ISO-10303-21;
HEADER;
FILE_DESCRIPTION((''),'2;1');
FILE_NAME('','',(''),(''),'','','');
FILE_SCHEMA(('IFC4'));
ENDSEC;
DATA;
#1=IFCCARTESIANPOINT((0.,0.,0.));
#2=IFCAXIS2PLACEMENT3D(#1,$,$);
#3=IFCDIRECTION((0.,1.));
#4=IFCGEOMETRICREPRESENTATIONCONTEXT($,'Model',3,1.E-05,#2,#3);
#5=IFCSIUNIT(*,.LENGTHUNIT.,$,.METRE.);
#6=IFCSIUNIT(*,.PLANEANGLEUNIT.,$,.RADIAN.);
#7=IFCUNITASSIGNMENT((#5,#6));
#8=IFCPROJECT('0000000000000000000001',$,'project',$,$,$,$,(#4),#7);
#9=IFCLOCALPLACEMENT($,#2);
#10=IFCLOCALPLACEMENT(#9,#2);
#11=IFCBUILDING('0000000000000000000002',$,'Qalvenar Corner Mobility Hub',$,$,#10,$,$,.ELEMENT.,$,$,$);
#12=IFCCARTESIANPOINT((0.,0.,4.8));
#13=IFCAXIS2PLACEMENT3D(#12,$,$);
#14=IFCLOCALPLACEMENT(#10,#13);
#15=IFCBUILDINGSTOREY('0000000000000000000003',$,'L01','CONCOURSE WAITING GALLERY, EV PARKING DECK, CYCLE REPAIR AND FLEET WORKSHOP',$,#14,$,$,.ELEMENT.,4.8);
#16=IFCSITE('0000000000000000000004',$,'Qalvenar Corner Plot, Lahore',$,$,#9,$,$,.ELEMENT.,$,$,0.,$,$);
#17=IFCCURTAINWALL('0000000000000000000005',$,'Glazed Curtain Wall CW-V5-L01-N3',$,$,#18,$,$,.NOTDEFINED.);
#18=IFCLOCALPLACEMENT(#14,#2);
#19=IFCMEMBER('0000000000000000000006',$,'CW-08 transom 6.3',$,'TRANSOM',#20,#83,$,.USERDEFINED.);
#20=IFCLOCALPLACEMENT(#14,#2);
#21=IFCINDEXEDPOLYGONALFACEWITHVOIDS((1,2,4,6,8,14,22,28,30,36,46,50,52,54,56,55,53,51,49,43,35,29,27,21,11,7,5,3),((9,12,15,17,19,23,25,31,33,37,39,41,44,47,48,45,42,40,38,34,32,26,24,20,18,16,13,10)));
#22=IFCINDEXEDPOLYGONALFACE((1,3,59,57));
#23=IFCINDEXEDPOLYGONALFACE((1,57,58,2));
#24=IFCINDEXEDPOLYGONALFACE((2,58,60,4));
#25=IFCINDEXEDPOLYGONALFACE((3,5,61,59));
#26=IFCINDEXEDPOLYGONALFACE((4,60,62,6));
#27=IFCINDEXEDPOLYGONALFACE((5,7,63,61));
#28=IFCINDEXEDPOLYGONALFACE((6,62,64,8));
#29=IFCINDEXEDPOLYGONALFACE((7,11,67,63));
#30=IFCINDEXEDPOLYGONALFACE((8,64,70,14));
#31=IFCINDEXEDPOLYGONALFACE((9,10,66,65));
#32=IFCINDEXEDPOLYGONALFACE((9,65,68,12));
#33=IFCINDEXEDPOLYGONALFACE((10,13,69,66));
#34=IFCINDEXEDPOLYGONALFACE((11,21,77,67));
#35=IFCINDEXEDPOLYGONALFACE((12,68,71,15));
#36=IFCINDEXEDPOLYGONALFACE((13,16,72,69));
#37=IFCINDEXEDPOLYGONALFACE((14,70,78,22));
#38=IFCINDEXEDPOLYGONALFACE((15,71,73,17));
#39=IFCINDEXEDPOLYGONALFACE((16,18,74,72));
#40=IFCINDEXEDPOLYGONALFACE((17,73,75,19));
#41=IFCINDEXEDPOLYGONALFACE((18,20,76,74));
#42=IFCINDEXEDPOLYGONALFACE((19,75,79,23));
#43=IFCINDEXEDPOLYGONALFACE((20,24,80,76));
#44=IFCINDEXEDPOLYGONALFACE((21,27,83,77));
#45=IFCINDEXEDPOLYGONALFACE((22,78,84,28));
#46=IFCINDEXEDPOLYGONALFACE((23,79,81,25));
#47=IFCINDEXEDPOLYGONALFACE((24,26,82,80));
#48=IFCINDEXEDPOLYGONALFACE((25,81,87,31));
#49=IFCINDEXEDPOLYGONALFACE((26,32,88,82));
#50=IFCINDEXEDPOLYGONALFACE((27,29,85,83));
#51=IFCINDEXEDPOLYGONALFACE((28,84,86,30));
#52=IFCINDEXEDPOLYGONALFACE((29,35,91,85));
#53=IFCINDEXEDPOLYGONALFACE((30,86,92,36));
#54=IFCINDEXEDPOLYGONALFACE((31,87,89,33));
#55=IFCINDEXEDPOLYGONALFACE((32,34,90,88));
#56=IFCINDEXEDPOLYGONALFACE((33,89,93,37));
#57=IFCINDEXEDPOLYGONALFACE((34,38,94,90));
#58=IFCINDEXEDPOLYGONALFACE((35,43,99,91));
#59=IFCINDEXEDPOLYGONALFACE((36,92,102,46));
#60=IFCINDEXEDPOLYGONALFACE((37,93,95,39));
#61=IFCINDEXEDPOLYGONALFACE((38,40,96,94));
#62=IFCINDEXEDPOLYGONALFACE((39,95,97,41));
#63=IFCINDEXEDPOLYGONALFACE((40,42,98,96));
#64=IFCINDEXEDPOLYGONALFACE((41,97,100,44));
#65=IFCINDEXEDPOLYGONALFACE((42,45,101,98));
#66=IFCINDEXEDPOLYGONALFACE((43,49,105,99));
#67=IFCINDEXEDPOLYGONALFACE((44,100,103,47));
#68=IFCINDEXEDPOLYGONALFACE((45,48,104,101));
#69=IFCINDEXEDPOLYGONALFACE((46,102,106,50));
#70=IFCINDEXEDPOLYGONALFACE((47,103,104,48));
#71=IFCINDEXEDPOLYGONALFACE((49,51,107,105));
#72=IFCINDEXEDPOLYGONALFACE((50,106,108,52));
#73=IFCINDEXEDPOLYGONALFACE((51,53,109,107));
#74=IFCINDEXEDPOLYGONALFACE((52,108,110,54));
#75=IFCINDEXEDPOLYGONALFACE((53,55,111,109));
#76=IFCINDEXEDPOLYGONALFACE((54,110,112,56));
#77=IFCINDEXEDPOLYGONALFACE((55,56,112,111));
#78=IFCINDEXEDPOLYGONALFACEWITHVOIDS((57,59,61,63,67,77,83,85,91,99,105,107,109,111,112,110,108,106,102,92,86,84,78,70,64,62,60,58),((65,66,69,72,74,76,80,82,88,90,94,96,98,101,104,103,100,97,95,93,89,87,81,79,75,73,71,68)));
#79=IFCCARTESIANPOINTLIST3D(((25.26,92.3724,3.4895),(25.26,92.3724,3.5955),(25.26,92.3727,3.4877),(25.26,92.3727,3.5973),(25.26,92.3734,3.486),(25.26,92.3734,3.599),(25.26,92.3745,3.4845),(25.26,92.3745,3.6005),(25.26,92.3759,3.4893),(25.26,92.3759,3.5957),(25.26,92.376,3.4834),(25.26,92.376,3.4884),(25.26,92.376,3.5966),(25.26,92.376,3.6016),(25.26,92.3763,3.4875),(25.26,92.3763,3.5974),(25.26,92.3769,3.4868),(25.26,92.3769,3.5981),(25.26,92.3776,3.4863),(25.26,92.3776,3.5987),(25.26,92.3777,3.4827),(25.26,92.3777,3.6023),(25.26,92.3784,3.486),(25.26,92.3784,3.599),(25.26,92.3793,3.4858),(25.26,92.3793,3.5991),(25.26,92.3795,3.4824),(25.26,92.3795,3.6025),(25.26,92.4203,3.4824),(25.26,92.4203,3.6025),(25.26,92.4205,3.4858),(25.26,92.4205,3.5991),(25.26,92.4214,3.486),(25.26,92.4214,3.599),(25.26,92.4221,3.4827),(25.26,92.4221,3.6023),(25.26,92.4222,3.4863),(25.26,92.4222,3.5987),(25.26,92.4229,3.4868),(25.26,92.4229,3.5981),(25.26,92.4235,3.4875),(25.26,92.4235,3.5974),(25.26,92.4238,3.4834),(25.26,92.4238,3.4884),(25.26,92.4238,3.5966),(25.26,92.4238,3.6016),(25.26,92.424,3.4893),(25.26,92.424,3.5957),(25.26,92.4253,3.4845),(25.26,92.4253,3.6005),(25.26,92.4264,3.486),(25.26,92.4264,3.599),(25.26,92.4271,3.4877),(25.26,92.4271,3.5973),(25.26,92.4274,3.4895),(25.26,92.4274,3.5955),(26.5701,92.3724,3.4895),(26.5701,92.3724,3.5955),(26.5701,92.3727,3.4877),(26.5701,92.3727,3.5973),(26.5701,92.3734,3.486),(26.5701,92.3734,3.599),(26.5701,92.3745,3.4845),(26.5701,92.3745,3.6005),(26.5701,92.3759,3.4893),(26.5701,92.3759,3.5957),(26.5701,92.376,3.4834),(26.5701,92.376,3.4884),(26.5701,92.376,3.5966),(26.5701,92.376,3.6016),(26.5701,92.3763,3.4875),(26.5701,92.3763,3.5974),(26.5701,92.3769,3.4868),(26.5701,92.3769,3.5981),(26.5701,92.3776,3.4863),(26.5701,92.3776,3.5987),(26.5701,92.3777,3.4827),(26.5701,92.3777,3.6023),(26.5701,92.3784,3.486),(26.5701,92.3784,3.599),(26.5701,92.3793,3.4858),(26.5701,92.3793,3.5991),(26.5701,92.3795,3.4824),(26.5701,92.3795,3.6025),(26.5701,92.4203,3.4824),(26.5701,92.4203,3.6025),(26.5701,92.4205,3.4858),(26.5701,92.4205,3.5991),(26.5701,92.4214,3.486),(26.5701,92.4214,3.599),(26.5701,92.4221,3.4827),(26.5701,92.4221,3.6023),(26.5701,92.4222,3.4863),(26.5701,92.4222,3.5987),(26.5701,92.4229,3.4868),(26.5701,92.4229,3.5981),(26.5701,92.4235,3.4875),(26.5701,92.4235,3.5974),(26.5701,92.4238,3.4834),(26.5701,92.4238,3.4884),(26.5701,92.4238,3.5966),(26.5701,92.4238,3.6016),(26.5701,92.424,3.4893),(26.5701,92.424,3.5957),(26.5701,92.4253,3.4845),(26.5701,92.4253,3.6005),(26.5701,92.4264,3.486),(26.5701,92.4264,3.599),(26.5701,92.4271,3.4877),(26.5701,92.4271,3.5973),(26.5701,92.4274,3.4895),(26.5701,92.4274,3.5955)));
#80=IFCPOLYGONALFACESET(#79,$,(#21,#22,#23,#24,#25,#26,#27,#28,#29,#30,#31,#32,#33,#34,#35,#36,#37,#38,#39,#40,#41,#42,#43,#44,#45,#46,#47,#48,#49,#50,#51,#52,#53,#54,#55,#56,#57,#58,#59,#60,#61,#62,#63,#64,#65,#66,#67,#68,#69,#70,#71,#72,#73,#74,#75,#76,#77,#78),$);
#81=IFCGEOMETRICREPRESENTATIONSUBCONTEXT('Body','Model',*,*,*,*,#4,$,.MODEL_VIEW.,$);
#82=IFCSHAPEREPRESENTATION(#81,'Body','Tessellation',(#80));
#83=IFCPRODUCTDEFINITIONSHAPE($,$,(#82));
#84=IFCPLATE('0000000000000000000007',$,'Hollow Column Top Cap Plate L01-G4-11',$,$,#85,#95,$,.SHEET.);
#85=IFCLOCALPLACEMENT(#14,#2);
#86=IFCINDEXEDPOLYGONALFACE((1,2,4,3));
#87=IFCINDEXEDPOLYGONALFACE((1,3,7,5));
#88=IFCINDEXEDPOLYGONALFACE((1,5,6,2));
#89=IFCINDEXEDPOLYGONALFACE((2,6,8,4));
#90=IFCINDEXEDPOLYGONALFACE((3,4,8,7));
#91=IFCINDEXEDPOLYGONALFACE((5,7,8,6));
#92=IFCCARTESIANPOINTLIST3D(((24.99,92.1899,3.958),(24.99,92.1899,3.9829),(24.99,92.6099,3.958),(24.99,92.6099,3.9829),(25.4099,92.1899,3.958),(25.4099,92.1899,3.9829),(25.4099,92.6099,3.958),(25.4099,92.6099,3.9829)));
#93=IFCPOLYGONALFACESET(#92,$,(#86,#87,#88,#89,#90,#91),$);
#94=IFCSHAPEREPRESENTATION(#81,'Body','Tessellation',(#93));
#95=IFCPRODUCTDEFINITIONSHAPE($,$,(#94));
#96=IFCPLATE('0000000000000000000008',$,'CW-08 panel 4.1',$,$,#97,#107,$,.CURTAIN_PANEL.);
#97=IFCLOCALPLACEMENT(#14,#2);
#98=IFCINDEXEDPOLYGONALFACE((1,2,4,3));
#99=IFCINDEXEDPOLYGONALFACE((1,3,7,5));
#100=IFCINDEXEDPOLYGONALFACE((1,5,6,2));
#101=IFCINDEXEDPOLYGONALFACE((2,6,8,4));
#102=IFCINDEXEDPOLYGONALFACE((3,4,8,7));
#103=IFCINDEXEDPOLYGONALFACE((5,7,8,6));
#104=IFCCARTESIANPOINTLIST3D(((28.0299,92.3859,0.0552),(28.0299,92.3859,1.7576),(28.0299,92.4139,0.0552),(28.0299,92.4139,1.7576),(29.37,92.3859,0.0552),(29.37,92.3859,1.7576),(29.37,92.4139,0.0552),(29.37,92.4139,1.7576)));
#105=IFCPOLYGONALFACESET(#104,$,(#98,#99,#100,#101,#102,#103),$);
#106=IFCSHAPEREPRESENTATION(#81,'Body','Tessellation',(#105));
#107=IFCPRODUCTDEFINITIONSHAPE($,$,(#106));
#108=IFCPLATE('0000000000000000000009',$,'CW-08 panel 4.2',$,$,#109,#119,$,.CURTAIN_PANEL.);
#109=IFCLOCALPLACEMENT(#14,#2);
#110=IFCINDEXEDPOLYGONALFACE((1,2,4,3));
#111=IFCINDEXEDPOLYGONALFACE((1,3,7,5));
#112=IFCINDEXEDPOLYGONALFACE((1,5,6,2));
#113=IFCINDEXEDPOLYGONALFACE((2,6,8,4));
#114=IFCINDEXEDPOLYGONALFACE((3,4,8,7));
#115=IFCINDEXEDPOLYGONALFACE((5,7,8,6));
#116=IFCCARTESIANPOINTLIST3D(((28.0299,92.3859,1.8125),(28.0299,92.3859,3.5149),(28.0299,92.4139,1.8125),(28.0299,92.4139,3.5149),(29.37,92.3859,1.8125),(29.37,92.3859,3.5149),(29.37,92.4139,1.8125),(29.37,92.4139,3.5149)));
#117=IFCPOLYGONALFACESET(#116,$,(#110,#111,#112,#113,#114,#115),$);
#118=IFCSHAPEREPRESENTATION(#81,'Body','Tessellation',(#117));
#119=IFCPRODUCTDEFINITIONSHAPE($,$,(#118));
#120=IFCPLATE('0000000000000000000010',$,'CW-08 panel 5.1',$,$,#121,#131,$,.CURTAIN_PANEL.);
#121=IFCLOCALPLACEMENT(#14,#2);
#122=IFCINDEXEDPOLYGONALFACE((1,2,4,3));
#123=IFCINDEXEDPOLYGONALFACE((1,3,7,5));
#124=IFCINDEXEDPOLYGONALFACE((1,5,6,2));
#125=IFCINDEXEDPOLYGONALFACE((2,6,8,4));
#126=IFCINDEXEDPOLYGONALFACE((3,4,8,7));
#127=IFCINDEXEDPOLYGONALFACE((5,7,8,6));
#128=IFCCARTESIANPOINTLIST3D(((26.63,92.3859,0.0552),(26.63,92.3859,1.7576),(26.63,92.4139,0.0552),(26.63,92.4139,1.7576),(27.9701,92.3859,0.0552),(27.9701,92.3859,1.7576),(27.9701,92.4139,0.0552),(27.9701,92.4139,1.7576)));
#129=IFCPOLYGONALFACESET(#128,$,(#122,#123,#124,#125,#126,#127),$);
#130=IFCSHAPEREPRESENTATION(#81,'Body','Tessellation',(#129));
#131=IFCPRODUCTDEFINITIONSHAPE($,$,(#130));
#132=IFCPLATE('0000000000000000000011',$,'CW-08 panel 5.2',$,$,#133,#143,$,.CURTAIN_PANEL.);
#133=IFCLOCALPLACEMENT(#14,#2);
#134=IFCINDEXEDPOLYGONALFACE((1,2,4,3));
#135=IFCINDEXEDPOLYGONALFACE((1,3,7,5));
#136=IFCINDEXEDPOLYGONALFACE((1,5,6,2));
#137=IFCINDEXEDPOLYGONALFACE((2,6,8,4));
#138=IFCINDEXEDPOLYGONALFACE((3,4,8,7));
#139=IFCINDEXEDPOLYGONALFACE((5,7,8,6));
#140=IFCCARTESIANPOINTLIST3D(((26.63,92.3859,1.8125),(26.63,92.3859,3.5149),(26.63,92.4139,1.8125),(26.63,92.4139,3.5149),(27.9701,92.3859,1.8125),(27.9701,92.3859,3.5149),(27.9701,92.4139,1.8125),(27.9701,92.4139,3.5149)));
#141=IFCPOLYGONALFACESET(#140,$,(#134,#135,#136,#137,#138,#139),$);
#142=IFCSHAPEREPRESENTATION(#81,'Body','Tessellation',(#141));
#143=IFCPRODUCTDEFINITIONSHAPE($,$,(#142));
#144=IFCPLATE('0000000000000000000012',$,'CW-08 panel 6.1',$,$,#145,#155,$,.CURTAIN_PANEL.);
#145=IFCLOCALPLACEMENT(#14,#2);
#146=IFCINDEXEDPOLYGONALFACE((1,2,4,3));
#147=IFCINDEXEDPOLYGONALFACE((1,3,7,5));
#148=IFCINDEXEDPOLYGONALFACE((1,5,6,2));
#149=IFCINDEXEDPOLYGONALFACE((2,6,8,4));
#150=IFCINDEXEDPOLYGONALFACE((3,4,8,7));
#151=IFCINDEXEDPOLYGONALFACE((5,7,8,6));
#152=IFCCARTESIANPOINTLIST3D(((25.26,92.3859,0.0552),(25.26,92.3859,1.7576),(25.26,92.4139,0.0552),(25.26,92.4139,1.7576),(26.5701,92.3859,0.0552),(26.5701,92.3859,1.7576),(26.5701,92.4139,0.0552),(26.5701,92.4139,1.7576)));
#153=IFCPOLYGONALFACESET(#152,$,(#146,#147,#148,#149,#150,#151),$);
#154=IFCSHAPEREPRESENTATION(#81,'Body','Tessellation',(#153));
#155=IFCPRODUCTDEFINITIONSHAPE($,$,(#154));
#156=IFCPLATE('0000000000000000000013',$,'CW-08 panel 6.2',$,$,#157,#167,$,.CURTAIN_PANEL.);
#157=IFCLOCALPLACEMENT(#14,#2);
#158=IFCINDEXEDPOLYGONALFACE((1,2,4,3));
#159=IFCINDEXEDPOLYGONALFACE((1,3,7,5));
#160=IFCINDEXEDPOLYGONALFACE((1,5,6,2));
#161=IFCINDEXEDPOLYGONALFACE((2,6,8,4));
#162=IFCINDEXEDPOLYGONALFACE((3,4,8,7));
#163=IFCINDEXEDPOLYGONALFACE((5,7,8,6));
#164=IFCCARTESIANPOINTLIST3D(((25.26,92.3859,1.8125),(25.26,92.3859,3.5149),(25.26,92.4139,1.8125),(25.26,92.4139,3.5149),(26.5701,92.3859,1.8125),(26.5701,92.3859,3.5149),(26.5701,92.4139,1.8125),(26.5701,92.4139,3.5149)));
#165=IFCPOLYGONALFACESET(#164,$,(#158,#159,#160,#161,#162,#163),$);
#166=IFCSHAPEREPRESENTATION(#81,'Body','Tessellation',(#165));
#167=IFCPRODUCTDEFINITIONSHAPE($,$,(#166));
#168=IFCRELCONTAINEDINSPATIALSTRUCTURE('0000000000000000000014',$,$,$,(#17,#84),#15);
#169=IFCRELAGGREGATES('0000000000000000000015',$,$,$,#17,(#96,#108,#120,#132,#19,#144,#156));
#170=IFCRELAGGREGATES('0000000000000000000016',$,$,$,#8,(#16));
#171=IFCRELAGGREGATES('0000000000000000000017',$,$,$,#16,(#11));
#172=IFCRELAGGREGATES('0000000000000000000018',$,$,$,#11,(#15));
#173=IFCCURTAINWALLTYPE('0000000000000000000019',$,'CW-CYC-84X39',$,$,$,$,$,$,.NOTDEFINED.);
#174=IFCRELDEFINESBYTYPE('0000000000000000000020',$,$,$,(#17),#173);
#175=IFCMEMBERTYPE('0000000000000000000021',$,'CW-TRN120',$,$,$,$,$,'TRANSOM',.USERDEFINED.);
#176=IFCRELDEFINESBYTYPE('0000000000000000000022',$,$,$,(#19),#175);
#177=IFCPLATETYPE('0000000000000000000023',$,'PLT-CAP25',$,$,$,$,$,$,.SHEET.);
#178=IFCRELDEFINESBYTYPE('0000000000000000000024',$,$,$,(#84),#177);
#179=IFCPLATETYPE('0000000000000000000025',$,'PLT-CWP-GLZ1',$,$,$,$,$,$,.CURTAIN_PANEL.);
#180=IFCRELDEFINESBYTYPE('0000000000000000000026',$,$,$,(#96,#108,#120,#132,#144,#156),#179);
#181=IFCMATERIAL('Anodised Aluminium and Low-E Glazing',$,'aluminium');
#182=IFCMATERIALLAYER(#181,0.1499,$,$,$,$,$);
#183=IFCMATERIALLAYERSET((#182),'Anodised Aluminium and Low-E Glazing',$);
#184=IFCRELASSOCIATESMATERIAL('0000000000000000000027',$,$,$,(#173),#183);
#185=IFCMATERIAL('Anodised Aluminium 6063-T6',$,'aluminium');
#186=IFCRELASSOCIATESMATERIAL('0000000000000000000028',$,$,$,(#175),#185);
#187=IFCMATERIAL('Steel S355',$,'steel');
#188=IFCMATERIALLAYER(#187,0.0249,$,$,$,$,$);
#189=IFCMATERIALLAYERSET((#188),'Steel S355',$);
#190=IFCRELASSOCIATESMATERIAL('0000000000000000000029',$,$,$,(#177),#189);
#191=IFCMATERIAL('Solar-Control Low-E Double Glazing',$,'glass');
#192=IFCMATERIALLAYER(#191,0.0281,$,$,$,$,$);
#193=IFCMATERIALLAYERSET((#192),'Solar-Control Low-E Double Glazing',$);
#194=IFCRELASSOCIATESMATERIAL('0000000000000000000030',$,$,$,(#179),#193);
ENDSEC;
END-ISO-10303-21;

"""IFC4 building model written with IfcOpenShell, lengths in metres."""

from ifc_helpers import new_model, si_unit, direction, frame, origin, origin_2d, place, context, subcontext, project, spatial, rectangle, hollow_rectangle, extrude, material, layer, layer_set, material_profile, profile_set, type_object, element, aggregate, save


model = new_model("IFC4")

# Units and contexts
model_context = context("Model", 3, precision=1e-05, world=origin(), true_north=direction((0.0, 1.0)))
body_context = subcontext(model_context, "Body", "Model", "MODEL_VIEW")
ifc_project = project(units=[si_unit("LENGTHUNIT", "METRE"), si_unit("PLANEANGLEUNIT", "RADIAN")], contexts=[model_context])

# Site, building, storey
site_placement = place(None, origin())
site = spatial("IfcSite", under=ifc_project, at=site_placement, Name="Qalvenar Corner Plot, Lahore", CompositionType="ELEMENT", RefElevation=0.0)
building_placement = place(site_placement, origin())
building = spatial("IfcBuilding", under=site, at=building_placement, Name="Qalvenar Corner Mobility Hub", CompositionType="ELEMENT")
storey_placement = place(building_placement, frame((0.0, 0.0, 4.8)))
storey = spatial("IfcBuildingStorey", under=building, at=storey_placement, Name="L01", Description="CONCOURSE WAITING GALLERY, EV PARKING DECK, CYCLE REPAIR AND FLEET WORKSHOP", CompositionType="ELEMENT", Elevation=4.8)

# Shared definitions
ifc_material_1 = material(Name="Anodised Aluminium and Low-E Glazing", Category="aluminium")
ifc_layer_1 = layer(ifc_material_1, 0.1499)
ifc_layer_set_1 = layer_set([ifc_layer_1], Name="Anodised Aluminium and Low-E Glazing")
curtain_wall_type = type_object("IfcCurtainWallType", Name="CW-CYC-84X39", PredefinedType="NOTDEFINED", material=ifc_layer_set_1)
ifc_material_2 = material(Name="Anodised Aluminium 6063-T6", Category="aluminium")

# Curtain wall
curtain_wall_1_placement = place(storey_placement, origin())
curtain_wall_1 = element("IfcCurtainWall", 1, at=curtain_wall_1_placement, inside=storey, type_object=curtain_wall_type, Name="Glazed Curtain Wall CW-V5-L01-N3", PredefinedType="NOTDEFINED")

# Member
ifc_material_profile_1 = material_profile(ifc_material_2, hollow_rectangle(XDim=0.0549, YDim=0.1201, WallThickness=0.0034, InnerFilletRadius=0.0034, OuterFilletRadius=0.0071, at=origin_2d()), Name="RHS120x55x3.5")
ifc_profile_set_1 = profile_set([ifc_material_profile_1], Name="Anodised Aluminium 6063-T6")
member_type_1 = type_object("IfcMemberType", Name="CW-TRN120", ElementType="TRANSOM", PredefinedType="USERDEFINED", material=ifc_profile_set_1)
member_1_placement = place(storey_placement, frame((26.5701, 92.3999, 3.5425), z_axis=(-1.0, 0.0, 0.0), x_axis=(0.0, -1.0, 0.0)))
member_1 = element("IfcMember", 2, at=member_1_placement, type_object=member_type_1, Name="CW-08 transom 6.3", ObjectType="TRANSOM", PredefinedType="USERDEFINED", context=body_context, shape_type="SweptSolid", body=[
    extrude(hollow_rectangle(XDim=0.0549, YDim=0.1201, WallThickness=0.0034, InnerFilletRadius=0.0034, OuterFilletRadius=0.0071, at=origin_2d()), origin(), (0.0, 0.0, 1.0), 1.3101),
])

# Plates
ifc_material_3 = material(Name="Steel S355", Category="steel")
ifc_layer_2 = layer(ifc_material_3, 0.0249)
ifc_layer_set_2 = layer_set([ifc_layer_2], Name="Steel S355")
plate_type_1 = type_object("IfcPlateType", Name="PLT-CAP25", PredefinedType="SHEET", material=ifc_layer_set_2)
plate_1_placement = place(storey_placement, frame((25.2, 92.3999, 3.958), z_axis=(0.0, 0.0, 1.0), x_axis=(1.0, 0.0, 0.0)))
element("IfcPlate", 3, at=plate_1_placement, inside=storey, type_object=plate_type_1, Name="Hollow Column Top Cap Plate L01-G4-11", PredefinedType="SHEET", context=body_context, shape_type="SweptSolid", body=[
    extrude(rectangle(XDim=0.4199, YDim=0.4199, at=origin_2d()), origin(), (0.0, 0.0, 1.0), 0.0249),
])
ifc_material_4 = material(Name="Solar-Control Low-E Double Glazing", Category="glass")
ifc_layer_3 = layer(ifc_material_4, 0.0281)
ifc_layer_set_3 = layer_set([ifc_layer_3], Name="Solar-Control Low-E Double Glazing")
plate_type_2 = type_object("IfcPlateType", Name="PLT-CWP-GLZ1", PredefinedType="CURTAIN_PANEL", material=ifc_layer_set_3)
plate_2_placement = place(storey_placement, frame((28.7, 92.3999, 0.0552), z_axis=(0.0, 0.0, 1.0), x_axis=(-1.0, 0.0, 0.0)))
plate_2 = element("IfcPlate", 4, at=plate_2_placement, type_object=plate_type_2, Name="CW-08 panel 4.1", PredefinedType="CURTAIN_PANEL", context=body_context, shape_type="SweptSolid", body=[
    extrude(rectangle(XDim=1.3401, YDim=0.0281, at=origin_2d()), origin(), (0.0, 0.0, 1.0), 1.7024),
])
plate_3_placement = place(storey_placement, frame((28.7, 92.3999, 1.8125), z_axis=(0.0, 0.0, 1.0), x_axis=(-1.0, 0.0, 0.0)))
plate_3 = element("IfcPlate", 5, at=plate_3_placement, type_object=plate_type_2, Name="CW-08 panel 4.2", PredefinedType="CURTAIN_PANEL", context=body_context, shape_type="SweptSolid", body=[
    extrude(rectangle(XDim=1.3401, YDim=0.0281, at=origin_2d()), origin(), (0.0, 0.0, 1.0), 1.7024),
])
plate_4_placement = place(storey_placement, frame((27.3, 92.3999, 0.0552), z_axis=(0.0, 0.0, 1.0), x_axis=(-1.0, 0.0, 0.0)))
plate_4 = element("IfcPlate", 6, at=plate_4_placement, type_object=plate_type_2, Name="CW-08 panel 5.1", PredefinedType="CURTAIN_PANEL", context=body_context, shape_type="SweptSolid", body=[
    extrude(rectangle(XDim=1.3401, YDim=0.0281, at=origin_2d()), origin(), (0.0, 0.0, 1.0), 1.7024),
])
plate_5_placement = place(storey_placement, frame((27.3, 92.3999, 1.8125), z_axis=(0.0, 0.0, 1.0), x_axis=(-1.0, 0.0, 0.0)))
plate_5 = element("IfcPlate", 7, at=plate_5_placement, type_object=plate_type_2, Name="CW-08 panel 5.2", PredefinedType="CURTAIN_PANEL", context=body_context, shape_type="SweptSolid", body=[
    extrude(rectangle(XDim=1.3401, YDim=0.0281, at=origin_2d()), origin(), (0.0, 0.0, 1.0), 1.7024),
])
plate_6_placement = place(storey_placement, frame((25.915, 92.3999, 0.0552), z_axis=(0.0, 0.0, 1.0), x_axis=(-1.0, 0.0, 0.0)))
plate_6 = element("IfcPlate", 8, at=plate_6_placement, type_object=plate_type_2, Name="CW-08 panel 6.1", PredefinedType="CURTAIN_PANEL", context=body_context, shape_type="SweptSolid", body=[
    extrude(rectangle(XDim=1.3101, YDim=0.0281, at=origin_2d()), origin(), (0.0, 0.0, 1.0), 1.7024),
])
plate_7_placement = place(storey_placement, frame((25.915, 92.3999, 1.8125), z_axis=(0.0, 0.0, 1.0), x_axis=(-1.0, 0.0, 0.0)))
plate_7 = element("IfcPlate", 9, at=plate_7_placement, type_object=plate_type_2, Name="CW-08 panel 6.2", PredefinedType="CURTAIN_PANEL", context=body_context, shape_type="SweptSolid", body=[
    extrude(rectangle(XDim=1.3101, YDim=0.0281, at=origin_2d()), origin(), (0.0, 0.0, 1.0), 1.7024),
])
aggregate(curtain_wall_1, [plate_2, plate_3, plate_4, plate_5, member_1, plate_6, plate_7])

save(model, "model.ifc")
